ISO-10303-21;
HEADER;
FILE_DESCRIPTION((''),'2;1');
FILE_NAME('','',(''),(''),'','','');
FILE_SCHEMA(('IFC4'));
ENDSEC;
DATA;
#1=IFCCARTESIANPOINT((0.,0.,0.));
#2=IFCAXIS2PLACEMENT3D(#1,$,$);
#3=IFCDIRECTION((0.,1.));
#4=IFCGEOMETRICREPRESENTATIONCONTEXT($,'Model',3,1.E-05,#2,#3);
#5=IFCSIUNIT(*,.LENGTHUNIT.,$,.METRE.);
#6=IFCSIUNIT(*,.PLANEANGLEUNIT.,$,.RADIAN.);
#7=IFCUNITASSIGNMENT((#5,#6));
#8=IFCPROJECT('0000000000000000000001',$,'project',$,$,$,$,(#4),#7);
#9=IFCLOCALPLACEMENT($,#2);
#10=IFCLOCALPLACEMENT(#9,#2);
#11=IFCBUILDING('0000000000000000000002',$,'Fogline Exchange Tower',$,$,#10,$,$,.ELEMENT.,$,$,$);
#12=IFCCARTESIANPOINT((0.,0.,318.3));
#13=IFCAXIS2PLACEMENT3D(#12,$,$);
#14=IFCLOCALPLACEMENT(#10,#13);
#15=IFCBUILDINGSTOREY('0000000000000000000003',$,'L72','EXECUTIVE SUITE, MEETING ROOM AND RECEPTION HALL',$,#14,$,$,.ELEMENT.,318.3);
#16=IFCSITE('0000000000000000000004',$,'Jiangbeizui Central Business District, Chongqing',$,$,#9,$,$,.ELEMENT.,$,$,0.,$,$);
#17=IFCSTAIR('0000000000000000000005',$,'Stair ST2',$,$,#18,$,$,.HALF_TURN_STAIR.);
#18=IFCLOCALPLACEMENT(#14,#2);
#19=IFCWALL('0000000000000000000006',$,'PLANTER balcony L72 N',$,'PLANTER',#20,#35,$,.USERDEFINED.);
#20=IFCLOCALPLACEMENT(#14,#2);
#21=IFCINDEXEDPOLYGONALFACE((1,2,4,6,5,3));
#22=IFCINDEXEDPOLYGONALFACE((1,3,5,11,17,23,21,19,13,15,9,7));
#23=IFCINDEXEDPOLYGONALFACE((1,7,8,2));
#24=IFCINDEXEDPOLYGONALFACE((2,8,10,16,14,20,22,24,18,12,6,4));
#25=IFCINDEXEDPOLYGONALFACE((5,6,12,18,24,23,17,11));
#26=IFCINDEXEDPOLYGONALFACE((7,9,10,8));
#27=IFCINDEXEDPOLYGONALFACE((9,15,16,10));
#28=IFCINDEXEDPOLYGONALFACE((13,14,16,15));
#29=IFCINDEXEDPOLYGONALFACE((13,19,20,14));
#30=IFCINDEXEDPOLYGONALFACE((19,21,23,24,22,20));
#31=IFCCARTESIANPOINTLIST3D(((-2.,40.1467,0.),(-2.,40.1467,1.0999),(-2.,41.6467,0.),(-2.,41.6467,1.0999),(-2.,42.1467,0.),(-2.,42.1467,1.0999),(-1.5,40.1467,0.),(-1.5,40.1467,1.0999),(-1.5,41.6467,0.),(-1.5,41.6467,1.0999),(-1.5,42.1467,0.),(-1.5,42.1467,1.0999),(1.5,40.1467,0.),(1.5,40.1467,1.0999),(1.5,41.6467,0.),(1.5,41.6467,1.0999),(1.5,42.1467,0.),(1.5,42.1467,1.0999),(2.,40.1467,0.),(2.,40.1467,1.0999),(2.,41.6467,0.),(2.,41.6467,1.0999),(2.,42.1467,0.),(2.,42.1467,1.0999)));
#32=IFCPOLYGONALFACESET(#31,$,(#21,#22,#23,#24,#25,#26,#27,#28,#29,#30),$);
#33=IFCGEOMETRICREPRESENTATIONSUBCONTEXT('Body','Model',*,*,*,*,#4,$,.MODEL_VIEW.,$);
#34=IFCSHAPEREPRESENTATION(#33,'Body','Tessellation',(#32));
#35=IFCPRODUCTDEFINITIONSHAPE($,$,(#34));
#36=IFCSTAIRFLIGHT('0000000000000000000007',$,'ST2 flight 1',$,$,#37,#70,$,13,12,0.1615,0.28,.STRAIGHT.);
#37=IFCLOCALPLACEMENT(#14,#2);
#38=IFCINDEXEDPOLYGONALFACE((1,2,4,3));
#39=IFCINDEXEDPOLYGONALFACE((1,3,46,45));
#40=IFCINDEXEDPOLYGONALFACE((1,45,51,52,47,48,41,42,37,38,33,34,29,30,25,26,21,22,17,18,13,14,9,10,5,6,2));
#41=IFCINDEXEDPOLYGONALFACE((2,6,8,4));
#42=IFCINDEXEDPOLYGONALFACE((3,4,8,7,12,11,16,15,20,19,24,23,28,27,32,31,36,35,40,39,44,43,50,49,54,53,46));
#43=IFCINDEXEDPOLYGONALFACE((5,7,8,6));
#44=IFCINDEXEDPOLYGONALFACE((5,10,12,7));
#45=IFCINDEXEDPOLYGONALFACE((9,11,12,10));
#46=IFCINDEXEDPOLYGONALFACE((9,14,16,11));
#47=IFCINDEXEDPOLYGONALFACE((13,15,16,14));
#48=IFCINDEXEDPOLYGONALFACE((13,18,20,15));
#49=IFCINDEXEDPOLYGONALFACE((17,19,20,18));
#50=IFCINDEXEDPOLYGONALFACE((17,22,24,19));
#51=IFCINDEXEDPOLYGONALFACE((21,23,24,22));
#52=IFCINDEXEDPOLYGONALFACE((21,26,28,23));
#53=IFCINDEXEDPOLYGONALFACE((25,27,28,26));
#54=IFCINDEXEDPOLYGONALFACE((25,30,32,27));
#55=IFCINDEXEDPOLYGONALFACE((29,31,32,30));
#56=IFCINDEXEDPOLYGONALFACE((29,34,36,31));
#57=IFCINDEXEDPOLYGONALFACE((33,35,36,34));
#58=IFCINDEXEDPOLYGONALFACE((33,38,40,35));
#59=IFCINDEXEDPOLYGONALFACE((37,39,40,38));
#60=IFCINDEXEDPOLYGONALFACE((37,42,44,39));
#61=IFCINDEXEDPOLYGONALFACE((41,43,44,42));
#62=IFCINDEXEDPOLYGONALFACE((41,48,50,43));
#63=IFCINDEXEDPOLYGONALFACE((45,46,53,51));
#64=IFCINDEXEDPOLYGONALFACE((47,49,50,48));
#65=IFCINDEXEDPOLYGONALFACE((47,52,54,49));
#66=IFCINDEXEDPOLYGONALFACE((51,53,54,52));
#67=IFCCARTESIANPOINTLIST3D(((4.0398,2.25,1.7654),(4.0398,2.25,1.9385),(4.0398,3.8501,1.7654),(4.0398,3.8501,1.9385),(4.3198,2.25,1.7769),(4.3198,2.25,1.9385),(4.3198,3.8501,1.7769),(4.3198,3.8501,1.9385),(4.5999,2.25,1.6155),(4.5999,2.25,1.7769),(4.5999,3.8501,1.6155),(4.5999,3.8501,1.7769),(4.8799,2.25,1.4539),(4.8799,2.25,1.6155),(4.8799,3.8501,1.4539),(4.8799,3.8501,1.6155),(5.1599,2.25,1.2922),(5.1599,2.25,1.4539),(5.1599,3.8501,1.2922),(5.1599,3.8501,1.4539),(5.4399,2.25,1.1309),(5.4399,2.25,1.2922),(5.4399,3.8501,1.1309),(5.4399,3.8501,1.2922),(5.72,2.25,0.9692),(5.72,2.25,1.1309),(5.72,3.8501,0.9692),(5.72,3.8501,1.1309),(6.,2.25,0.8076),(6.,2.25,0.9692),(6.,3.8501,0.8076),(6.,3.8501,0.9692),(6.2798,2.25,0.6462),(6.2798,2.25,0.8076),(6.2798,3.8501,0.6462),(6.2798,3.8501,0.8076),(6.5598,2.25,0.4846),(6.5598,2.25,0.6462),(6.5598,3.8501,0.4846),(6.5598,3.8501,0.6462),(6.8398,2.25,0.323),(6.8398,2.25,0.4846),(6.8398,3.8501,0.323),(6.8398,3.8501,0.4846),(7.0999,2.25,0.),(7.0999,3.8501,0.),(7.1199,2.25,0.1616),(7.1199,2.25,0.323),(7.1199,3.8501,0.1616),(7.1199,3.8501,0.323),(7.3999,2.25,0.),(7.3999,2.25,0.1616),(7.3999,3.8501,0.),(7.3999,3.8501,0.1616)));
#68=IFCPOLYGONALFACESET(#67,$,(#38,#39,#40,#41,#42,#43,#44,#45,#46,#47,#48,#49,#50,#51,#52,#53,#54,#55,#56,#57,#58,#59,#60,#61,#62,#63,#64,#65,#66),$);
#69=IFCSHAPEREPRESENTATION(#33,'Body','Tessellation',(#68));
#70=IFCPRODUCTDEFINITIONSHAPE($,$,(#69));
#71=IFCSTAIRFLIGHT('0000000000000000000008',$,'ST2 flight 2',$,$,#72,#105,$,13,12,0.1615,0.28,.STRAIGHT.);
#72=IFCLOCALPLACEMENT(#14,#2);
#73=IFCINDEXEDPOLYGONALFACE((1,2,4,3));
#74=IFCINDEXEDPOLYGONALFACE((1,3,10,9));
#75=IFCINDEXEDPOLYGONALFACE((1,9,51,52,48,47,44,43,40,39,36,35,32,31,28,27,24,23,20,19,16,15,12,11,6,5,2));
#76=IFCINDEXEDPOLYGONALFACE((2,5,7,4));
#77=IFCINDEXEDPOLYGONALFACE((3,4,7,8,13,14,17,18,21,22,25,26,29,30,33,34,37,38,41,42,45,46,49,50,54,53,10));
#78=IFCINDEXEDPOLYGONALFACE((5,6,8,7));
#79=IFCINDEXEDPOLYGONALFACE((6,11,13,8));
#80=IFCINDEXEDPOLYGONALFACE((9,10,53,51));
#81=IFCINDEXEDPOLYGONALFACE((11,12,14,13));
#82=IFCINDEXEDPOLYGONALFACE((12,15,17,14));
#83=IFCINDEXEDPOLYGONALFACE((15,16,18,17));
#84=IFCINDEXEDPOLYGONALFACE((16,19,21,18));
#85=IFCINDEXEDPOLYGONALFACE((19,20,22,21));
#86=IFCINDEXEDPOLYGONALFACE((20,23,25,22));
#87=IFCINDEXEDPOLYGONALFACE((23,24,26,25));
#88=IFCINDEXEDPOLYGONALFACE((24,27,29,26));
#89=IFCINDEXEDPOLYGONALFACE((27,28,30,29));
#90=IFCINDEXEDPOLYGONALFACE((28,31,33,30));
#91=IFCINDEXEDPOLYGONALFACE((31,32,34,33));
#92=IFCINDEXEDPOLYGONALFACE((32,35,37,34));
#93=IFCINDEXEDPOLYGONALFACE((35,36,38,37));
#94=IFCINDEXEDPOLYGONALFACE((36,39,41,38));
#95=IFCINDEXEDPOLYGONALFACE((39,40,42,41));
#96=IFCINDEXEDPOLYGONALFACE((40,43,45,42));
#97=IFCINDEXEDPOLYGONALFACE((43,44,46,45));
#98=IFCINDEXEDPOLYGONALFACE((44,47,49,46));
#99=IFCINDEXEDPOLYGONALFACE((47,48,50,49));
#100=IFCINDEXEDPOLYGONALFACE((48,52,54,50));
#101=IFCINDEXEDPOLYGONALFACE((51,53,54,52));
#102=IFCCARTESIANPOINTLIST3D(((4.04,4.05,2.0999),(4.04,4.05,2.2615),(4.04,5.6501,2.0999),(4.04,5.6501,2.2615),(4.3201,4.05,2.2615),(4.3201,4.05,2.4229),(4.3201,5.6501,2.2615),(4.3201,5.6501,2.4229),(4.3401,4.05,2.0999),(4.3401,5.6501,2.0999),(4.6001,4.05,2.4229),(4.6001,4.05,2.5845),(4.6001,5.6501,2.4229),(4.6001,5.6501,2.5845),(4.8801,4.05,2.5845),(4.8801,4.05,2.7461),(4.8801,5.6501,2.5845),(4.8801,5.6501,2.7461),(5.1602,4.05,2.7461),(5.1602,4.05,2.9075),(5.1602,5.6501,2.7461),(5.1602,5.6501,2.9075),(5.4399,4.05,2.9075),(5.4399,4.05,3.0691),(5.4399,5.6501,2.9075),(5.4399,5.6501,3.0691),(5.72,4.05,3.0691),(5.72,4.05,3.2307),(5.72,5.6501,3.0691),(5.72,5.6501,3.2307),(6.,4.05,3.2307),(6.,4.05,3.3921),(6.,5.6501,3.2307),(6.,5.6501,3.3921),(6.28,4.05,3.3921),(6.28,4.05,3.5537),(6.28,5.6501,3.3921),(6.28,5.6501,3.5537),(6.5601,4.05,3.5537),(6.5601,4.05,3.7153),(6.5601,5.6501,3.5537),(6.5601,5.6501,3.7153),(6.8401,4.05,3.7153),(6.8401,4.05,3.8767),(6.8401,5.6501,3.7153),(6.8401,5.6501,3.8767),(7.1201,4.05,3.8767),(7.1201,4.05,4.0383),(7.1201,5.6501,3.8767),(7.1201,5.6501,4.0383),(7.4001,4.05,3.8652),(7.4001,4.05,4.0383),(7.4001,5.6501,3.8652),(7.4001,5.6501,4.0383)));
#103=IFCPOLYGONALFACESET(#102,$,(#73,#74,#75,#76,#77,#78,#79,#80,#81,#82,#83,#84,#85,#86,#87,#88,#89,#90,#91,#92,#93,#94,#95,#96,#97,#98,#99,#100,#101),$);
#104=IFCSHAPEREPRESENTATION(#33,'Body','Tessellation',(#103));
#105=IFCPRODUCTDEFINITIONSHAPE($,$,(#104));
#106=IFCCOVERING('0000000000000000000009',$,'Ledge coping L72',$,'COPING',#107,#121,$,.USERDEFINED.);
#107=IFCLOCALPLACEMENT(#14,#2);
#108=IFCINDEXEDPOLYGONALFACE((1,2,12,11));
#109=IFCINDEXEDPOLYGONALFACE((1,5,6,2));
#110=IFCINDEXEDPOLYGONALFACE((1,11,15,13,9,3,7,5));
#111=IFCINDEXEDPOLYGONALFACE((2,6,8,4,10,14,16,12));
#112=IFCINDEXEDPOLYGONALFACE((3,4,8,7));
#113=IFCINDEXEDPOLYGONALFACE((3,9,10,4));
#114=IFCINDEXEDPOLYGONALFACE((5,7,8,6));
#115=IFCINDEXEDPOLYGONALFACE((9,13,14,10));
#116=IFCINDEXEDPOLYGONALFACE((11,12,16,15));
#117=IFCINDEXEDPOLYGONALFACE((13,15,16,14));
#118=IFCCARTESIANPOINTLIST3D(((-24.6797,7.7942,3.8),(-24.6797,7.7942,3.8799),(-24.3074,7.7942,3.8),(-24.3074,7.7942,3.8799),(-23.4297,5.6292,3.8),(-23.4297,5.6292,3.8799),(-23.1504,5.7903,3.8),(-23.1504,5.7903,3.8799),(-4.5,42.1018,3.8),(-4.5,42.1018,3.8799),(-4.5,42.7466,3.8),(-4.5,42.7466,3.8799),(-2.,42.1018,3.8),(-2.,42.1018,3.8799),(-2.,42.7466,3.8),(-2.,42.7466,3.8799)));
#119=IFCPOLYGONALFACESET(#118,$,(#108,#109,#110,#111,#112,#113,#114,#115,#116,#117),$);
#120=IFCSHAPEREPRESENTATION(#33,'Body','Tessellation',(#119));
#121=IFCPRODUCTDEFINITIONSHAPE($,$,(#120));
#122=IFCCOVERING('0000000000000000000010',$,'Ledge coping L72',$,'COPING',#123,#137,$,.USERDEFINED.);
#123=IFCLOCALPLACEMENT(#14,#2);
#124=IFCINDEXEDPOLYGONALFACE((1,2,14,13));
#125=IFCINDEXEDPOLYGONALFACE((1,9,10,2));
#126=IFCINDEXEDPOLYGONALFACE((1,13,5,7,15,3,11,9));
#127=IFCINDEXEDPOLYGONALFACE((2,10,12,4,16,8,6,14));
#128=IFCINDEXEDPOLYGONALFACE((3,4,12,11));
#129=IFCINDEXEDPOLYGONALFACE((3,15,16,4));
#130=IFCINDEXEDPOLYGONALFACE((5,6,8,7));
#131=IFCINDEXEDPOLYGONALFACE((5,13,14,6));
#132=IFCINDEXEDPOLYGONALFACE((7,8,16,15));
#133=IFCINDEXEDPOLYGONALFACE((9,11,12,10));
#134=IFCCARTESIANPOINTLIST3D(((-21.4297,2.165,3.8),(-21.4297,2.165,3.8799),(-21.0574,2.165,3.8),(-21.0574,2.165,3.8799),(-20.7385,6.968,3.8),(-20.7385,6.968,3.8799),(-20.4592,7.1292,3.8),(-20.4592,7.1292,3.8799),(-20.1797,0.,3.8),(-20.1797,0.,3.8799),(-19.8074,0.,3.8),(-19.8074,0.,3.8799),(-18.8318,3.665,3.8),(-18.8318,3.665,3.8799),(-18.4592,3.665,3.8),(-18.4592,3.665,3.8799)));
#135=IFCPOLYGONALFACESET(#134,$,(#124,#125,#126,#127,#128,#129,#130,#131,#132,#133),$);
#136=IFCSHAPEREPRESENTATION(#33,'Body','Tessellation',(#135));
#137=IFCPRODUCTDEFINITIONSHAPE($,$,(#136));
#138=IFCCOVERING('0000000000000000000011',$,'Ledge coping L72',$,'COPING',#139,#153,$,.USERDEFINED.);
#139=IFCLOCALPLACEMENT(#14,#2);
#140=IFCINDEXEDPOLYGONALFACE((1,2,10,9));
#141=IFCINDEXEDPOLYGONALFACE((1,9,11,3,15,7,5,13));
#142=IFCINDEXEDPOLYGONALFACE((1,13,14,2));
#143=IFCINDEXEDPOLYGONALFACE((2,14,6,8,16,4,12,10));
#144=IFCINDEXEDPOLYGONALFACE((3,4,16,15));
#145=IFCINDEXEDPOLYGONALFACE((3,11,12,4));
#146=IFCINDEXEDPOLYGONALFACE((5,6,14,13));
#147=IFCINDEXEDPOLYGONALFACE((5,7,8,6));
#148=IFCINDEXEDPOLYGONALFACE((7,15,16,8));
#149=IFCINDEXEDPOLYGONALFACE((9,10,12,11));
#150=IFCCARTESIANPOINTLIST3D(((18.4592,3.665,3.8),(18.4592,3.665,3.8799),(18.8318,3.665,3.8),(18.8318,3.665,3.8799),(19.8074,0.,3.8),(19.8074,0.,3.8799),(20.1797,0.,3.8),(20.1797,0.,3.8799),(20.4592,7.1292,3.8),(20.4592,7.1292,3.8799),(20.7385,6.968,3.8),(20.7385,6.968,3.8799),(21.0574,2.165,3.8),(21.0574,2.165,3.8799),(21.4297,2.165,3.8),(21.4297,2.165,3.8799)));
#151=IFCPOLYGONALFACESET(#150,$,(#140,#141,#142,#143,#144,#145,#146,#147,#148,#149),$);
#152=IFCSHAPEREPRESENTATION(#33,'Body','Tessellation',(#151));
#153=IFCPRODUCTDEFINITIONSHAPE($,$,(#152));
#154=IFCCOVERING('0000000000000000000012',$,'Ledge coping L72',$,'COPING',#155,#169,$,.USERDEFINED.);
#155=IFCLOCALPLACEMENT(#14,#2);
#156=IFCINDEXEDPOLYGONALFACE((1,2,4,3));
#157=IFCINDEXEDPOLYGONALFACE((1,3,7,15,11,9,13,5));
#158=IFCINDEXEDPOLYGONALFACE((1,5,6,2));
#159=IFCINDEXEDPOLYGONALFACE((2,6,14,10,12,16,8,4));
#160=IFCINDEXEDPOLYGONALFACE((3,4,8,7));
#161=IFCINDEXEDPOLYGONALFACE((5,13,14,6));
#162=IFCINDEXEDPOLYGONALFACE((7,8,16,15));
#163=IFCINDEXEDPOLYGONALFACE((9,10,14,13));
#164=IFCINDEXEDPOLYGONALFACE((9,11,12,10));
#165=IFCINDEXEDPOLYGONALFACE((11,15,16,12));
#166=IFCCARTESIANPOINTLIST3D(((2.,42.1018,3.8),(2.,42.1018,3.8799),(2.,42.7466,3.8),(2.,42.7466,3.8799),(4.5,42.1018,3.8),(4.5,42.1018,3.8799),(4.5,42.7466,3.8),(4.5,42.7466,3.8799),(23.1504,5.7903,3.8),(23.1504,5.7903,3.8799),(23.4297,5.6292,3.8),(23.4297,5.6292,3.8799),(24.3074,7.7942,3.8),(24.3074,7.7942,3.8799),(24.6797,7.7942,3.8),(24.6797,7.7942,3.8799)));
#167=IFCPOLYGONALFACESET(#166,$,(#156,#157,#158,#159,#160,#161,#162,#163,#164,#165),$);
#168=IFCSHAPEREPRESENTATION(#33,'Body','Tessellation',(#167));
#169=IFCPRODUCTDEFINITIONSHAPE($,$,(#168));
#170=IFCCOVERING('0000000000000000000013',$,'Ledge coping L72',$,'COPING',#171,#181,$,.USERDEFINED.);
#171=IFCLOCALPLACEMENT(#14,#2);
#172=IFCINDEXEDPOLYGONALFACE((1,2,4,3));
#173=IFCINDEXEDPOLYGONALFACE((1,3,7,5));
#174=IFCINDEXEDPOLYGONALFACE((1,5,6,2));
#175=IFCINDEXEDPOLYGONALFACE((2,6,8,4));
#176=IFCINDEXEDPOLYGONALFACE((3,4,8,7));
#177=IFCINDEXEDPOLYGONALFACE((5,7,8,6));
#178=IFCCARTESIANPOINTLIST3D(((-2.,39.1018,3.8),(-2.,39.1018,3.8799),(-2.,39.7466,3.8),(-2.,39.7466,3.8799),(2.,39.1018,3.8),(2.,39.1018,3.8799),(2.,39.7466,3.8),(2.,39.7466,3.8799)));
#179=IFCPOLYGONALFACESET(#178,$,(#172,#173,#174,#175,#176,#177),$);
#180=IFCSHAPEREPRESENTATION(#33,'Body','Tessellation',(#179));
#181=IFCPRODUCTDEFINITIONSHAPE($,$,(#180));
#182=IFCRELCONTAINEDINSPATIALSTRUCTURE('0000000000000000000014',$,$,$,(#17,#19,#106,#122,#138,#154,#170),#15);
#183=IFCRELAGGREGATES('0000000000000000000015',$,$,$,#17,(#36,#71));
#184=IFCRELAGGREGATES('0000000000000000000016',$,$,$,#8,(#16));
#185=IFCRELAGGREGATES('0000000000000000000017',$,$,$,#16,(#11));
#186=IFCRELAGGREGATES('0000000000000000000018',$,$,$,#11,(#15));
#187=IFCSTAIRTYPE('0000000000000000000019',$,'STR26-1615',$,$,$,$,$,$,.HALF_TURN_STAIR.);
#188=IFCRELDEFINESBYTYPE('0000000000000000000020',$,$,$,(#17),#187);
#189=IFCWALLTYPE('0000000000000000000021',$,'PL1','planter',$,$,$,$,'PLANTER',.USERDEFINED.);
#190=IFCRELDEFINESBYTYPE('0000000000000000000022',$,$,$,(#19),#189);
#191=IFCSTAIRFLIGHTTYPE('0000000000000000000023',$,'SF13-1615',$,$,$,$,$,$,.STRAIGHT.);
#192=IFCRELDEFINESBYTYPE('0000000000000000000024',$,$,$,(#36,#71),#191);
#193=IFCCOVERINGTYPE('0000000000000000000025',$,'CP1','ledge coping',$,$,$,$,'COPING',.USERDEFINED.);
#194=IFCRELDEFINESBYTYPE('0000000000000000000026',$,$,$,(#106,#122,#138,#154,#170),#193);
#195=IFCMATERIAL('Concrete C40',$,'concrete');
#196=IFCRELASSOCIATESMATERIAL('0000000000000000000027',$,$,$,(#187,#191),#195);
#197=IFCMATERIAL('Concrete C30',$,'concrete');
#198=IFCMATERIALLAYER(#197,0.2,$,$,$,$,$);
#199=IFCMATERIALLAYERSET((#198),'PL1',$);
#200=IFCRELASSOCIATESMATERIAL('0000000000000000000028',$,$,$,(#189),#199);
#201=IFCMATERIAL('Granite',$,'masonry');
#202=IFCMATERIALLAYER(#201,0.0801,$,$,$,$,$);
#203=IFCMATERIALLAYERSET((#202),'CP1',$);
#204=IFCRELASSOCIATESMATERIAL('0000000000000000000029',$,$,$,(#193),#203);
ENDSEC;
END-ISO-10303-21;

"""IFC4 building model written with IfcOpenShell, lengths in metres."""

from ifc_helpers import new_model, si_unit, direction, frame, origin, place, context, subcontext, project, spatial, polyline, outline, extrude, material, layer, layer_set, type_object, element, aggregate, save


model = new_model("IFC4")

# Units and contexts
model_context = context("Model", 3, precision=1e-05, world=origin(), true_north=direction((0.0, 1.0)))
body_context = subcontext(model_context, "Body", "Model", "MODEL_VIEW")
ifc_project = project(units=[si_unit("LENGTHUNIT", "METRE"), si_unit("PLANEANGLEUNIT", "RADIAN")], contexts=[model_context])

# Site, building, storey
site_placement = place(None, origin())
site = spatial("IfcSite", under=ifc_project, at=site_placement, Name="Jiangbeizui Central Business District, Chongqing", CompositionType="ELEMENT", RefElevation=0.0)
building_placement = place(site_placement, origin())
building = spatial("IfcBuilding", under=site, at=building_placement, Name="Fogline Exchange Tower", CompositionType="ELEMENT")
storey_placement = place(building_placement, frame((0.0, 0.0, 318.3)))
storey = spatial("IfcBuildingStorey", under=building, at=storey_placement, Name="L72", Description="EXECUTIVE SUITE, MEETING ROOM AND RECEPTION HALL", CompositionType="ELEMENT", Elevation=318.3)

# Shared definitions
ifc_material_1 = material(Name="Concrete C40", Category="concrete")

# Stair
stair_type = type_object("IfcStairType", Name="STR26-1615", PredefinedType="HALF_TURN_STAIR", material=ifc_material_1)
stair_1_placement = place(storey_placement, origin())
stair_1 = element("IfcStair", 1, at=stair_1_placement, inside=storey, type_object=stair_type, Name="Stair ST2", PredefinedType="HALF_TURN_STAIR")

# Wall
ifc_material_2 = material(Name="Concrete C30", Category="concrete")
ifc_layer_1 = layer(ifc_material_2, 0.2)
ifc_layer_set_1 = layer_set([ifc_layer_1], Name="PL1")
wall_type_1 = type_object("IfcWallType", Name="PL1", Description="planter", ElementType="PLANTER", PredefinedType="USERDEFINED", material=ifc_layer_set_1)
wall_1_placement = place(storey_placement, origin())
element("IfcWall", 2, at=wall_1_placement, inside=storey, type_object=wall_type_1, Name="PLANTER balcony L72 N", ObjectType="PLANTER", PredefinedType="USERDEFINED", context=body_context, shape_type="SweptSolid", body=[
    extrude(outline(polyline([(-1.5, 42.1467), (-2.0, 42.1467), (-2.0, 41.6467), (-2.0, 40.1467), (-1.5, 40.1467), (-1.5, 41.6467), (1.5, 41.6467), (1.5, 40.1467), (2.0, 40.1467), (2.0, 41.6467), (2.0, 42.1467), (1.5, 42.1467), (-1.5, 42.1467)])), origin(), (0.0, 0.0, 1.0), 1.0999),
])

# Stair flights
stair_flight_type = type_object("IfcStairFlightType", Name="SF13-1615", PredefinedType="STRAIGHT", material=ifc_material_1)
stair_flight_1_placement = place(storey_placement, frame((7.3999, 3.05, 0.0), z_axis=(0.0, 0.0, 1.0), x_axis=(-1.0, 0.0, 0.0)))
stair_flight_1 = element("IfcStairFlight", 3, at=stair_flight_1_placement, type_object=stair_flight_type, Name="ST2 flight 1", NumberOfRisers=13, NumberOfTreads=12, PredefinedType="STRAIGHT", RiserHeight=0.1615, TreadLength=0.28, context=body_context, shape_type="SweptSolid", body=[
    extrude(outline(polyline([(0.0, 0.0), (0.0, 0.1616), (0.28, 0.1616), (0.28, 0.323), (0.5601, 0.323), (0.5601, 0.4846), (0.8401, 0.4846), (0.8401, 0.6462), (1.1201, 0.6462), (1.1201, 0.8076), (1.3999, 0.8076), (1.3999, 0.9692), (1.6799, 0.9692), (1.6799, 1.1309), (1.96, 1.1309), (1.96, 1.2922), (2.24, 1.2922), (2.24, 1.4539), (2.52, 1.4539), (2.52, 1.6155), (2.8, 1.6155), (2.8, 1.7769), (3.0801, 1.7769), (3.0801, 1.9385), (3.3601, 1.9385), (3.3601, 2.1001), (3.3601, 1.7654), (0.3, 0.0), (0.0, 0.0)])), frame((0.0, 0.8, 0.0), z_axis=(0.0, -1.0, 0.0), x_axis=(1.0, 0.0, 0.0)), (0.0, 0.0, 1.0), 1.6001),
])
stair_flight_2_placement = place(storey_placement, frame((4.04, 4.8501, 2.0999), z_axis=(0.0, 0.0, 1.0), x_axis=(1.0, 0.0, 0.0)))
stair_flight_2 = element("IfcStairFlight", 4, at=stair_flight_2_placement, type_object=stair_flight_type, Name="ST2 flight 2", NumberOfRisers=13, NumberOfTreads=12, PredefinedType="STRAIGHT", RiserHeight=0.1615, TreadLength=0.28, context=body_context, shape_type="SweptSolid", body=[
    extrude(outline(polyline([(0.0, 0.0), (0.0, 0.1616), (0.28, 0.1616), (0.28, 0.323), (0.5601, 0.323), (0.5601, 0.4846), (0.8401, 0.4846), (0.8401, 0.6462), (1.1201, 0.6462), (1.1201, 0.8076), (1.3999, 0.8076), (1.3999, 0.9692), (1.6799, 0.9692), (1.6799, 1.1309), (1.96, 1.1309), (1.96, 1.2922), (2.24, 1.2922), (2.24, 1.4539), (2.52, 1.4539), (2.52, 1.6155), (2.8, 1.6155), (2.8, 1.7769), (3.0801, 1.7769), (3.0801, 1.9385), (3.3601, 1.9385), (3.3601, 2.1001), (3.3601, 1.7654), (0.3, 0.0), (0.0, 0.0)])), frame((0.0, 0.8, 0.0), z_axis=(0.0, -1.0, 0.0), x_axis=(1.0, 0.0, 0.0)), (0.0, 0.0, 1.0), 1.6001),
])
aggregate(stair_1, [stair_flight_1, stair_flight_2])

# Coverings
ifc_material_3 = material(Name="Granite", Category="masonry")
ifc_layer_2 = layer(ifc_material_3, 0.0801)
ifc_layer_set_2 = layer_set([ifc_layer_2], Name="CP1")
covering_type_1 = type_object("IfcCoveringType", Name="CP1", Description="ledge coping", ElementType="COPING", PredefinedType="USERDEFINED", material=ifc_layer_set_2)
covering_1_placement = place(storey_placement, frame((0.0, 0.0, 3.8)))
element("IfcCovering", 5, at=covering_1_placement, inside=storey, type_object=covering_type_1, Name="Ledge coping L72", ObjectType="COPING", PredefinedType="USERDEFINED", context=body_context, shape_type="SweptSolid", body=[
    extrude(outline(polyline([(-23.4297, 5.6292), (-23.1504, 5.7903), (-24.3074, 7.7942), (-4.5, 42.1018), (-2.0, 42.1018), (-2.0, 42.7466), (-4.5, 42.7466), (-24.6797, 7.7942), (-23.4297, 5.6292)])), origin(), (0.0, 0.0, 1.0), 0.0798),
])
covering_2_placement = place(storey_placement, frame((0.0, 0.0, 3.8)))
element("IfcCovering", 6, at=covering_2_placement, inside=storey, type_object=covering_type_1, Name="Ledge coping L72", ObjectType="COPING", PredefinedType="USERDEFINED", context=body_context, shape_type="SweptSolid", body=[
    extrude(outline(polyline([(-20.1797, 0.0), (-19.8074, 0.0), (-21.0574, 2.165), (-18.4592, 3.665), (-20.4592, 7.1292), (-20.7385, 6.968), (-18.8318, 3.665), (-21.4297, 2.165), (-20.1797, 0.0)])), origin(), (0.0, 0.0, 1.0), 0.0798),
])
covering_3_placement = place(storey_placement, frame((0.0, 0.0, 3.8)))
element("IfcCovering", 7, at=covering_3_placement, inside=storey, type_object=covering_type_1, Name="Ledge coping L72", ObjectType="COPING", PredefinedType="USERDEFINED", context=body_context, shape_type="SweptSolid", body=[
    extrude(outline(polyline([(18.8318, 3.665), (20.7385, 6.968), (20.4592, 7.1292), (18.4592, 3.665), (21.0574, 2.165), (19.8074, 0.0), (20.1797, 0.0), (21.4297, 2.165), (18.8318, 3.665)])), origin(), (0.0, 0.0, 1.0), 0.0798),
])
covering_4_placement = place(storey_placement, frame((0.0, 0.0, 3.8)))
element("IfcCovering", 8, at=covering_4_placement, inside=storey, type_object=covering_type_1, Name="Ledge coping L72", ObjectType="COPING", PredefinedType="USERDEFINED", context=body_context, shape_type="SweptSolid", body=[
    extrude(outline(polyline([(2.0, 42.7466), (2.0, 42.1018), (4.5, 42.1018), (24.3074, 7.7942), (23.1504, 5.7903), (23.4297, 5.6292), (24.6797, 7.7942), (4.5, 42.7466), (2.0, 42.7466)])), origin(), (0.0, 0.0, 1.0), 0.0798),
])
covering_5_placement = place(storey_placement, frame((0.0, 0.0, 3.8)))
element("IfcCovering", 9, at=covering_5_placement, inside=storey, type_object=covering_type_1, Name="Ledge coping L72", ObjectType="COPING", PredefinedType="USERDEFINED", context=body_context, shape_type="SweptSolid", body=[
    extrude(outline(polyline([(2.0, 39.7466), (-2.0, 39.7466), (-2.0, 39.1018), (2.0, 39.1018), (2.0, 39.7466)])), origin(), (0.0, 0.0, 1.0), 0.0798),
])

save(model, "model.ifc")
